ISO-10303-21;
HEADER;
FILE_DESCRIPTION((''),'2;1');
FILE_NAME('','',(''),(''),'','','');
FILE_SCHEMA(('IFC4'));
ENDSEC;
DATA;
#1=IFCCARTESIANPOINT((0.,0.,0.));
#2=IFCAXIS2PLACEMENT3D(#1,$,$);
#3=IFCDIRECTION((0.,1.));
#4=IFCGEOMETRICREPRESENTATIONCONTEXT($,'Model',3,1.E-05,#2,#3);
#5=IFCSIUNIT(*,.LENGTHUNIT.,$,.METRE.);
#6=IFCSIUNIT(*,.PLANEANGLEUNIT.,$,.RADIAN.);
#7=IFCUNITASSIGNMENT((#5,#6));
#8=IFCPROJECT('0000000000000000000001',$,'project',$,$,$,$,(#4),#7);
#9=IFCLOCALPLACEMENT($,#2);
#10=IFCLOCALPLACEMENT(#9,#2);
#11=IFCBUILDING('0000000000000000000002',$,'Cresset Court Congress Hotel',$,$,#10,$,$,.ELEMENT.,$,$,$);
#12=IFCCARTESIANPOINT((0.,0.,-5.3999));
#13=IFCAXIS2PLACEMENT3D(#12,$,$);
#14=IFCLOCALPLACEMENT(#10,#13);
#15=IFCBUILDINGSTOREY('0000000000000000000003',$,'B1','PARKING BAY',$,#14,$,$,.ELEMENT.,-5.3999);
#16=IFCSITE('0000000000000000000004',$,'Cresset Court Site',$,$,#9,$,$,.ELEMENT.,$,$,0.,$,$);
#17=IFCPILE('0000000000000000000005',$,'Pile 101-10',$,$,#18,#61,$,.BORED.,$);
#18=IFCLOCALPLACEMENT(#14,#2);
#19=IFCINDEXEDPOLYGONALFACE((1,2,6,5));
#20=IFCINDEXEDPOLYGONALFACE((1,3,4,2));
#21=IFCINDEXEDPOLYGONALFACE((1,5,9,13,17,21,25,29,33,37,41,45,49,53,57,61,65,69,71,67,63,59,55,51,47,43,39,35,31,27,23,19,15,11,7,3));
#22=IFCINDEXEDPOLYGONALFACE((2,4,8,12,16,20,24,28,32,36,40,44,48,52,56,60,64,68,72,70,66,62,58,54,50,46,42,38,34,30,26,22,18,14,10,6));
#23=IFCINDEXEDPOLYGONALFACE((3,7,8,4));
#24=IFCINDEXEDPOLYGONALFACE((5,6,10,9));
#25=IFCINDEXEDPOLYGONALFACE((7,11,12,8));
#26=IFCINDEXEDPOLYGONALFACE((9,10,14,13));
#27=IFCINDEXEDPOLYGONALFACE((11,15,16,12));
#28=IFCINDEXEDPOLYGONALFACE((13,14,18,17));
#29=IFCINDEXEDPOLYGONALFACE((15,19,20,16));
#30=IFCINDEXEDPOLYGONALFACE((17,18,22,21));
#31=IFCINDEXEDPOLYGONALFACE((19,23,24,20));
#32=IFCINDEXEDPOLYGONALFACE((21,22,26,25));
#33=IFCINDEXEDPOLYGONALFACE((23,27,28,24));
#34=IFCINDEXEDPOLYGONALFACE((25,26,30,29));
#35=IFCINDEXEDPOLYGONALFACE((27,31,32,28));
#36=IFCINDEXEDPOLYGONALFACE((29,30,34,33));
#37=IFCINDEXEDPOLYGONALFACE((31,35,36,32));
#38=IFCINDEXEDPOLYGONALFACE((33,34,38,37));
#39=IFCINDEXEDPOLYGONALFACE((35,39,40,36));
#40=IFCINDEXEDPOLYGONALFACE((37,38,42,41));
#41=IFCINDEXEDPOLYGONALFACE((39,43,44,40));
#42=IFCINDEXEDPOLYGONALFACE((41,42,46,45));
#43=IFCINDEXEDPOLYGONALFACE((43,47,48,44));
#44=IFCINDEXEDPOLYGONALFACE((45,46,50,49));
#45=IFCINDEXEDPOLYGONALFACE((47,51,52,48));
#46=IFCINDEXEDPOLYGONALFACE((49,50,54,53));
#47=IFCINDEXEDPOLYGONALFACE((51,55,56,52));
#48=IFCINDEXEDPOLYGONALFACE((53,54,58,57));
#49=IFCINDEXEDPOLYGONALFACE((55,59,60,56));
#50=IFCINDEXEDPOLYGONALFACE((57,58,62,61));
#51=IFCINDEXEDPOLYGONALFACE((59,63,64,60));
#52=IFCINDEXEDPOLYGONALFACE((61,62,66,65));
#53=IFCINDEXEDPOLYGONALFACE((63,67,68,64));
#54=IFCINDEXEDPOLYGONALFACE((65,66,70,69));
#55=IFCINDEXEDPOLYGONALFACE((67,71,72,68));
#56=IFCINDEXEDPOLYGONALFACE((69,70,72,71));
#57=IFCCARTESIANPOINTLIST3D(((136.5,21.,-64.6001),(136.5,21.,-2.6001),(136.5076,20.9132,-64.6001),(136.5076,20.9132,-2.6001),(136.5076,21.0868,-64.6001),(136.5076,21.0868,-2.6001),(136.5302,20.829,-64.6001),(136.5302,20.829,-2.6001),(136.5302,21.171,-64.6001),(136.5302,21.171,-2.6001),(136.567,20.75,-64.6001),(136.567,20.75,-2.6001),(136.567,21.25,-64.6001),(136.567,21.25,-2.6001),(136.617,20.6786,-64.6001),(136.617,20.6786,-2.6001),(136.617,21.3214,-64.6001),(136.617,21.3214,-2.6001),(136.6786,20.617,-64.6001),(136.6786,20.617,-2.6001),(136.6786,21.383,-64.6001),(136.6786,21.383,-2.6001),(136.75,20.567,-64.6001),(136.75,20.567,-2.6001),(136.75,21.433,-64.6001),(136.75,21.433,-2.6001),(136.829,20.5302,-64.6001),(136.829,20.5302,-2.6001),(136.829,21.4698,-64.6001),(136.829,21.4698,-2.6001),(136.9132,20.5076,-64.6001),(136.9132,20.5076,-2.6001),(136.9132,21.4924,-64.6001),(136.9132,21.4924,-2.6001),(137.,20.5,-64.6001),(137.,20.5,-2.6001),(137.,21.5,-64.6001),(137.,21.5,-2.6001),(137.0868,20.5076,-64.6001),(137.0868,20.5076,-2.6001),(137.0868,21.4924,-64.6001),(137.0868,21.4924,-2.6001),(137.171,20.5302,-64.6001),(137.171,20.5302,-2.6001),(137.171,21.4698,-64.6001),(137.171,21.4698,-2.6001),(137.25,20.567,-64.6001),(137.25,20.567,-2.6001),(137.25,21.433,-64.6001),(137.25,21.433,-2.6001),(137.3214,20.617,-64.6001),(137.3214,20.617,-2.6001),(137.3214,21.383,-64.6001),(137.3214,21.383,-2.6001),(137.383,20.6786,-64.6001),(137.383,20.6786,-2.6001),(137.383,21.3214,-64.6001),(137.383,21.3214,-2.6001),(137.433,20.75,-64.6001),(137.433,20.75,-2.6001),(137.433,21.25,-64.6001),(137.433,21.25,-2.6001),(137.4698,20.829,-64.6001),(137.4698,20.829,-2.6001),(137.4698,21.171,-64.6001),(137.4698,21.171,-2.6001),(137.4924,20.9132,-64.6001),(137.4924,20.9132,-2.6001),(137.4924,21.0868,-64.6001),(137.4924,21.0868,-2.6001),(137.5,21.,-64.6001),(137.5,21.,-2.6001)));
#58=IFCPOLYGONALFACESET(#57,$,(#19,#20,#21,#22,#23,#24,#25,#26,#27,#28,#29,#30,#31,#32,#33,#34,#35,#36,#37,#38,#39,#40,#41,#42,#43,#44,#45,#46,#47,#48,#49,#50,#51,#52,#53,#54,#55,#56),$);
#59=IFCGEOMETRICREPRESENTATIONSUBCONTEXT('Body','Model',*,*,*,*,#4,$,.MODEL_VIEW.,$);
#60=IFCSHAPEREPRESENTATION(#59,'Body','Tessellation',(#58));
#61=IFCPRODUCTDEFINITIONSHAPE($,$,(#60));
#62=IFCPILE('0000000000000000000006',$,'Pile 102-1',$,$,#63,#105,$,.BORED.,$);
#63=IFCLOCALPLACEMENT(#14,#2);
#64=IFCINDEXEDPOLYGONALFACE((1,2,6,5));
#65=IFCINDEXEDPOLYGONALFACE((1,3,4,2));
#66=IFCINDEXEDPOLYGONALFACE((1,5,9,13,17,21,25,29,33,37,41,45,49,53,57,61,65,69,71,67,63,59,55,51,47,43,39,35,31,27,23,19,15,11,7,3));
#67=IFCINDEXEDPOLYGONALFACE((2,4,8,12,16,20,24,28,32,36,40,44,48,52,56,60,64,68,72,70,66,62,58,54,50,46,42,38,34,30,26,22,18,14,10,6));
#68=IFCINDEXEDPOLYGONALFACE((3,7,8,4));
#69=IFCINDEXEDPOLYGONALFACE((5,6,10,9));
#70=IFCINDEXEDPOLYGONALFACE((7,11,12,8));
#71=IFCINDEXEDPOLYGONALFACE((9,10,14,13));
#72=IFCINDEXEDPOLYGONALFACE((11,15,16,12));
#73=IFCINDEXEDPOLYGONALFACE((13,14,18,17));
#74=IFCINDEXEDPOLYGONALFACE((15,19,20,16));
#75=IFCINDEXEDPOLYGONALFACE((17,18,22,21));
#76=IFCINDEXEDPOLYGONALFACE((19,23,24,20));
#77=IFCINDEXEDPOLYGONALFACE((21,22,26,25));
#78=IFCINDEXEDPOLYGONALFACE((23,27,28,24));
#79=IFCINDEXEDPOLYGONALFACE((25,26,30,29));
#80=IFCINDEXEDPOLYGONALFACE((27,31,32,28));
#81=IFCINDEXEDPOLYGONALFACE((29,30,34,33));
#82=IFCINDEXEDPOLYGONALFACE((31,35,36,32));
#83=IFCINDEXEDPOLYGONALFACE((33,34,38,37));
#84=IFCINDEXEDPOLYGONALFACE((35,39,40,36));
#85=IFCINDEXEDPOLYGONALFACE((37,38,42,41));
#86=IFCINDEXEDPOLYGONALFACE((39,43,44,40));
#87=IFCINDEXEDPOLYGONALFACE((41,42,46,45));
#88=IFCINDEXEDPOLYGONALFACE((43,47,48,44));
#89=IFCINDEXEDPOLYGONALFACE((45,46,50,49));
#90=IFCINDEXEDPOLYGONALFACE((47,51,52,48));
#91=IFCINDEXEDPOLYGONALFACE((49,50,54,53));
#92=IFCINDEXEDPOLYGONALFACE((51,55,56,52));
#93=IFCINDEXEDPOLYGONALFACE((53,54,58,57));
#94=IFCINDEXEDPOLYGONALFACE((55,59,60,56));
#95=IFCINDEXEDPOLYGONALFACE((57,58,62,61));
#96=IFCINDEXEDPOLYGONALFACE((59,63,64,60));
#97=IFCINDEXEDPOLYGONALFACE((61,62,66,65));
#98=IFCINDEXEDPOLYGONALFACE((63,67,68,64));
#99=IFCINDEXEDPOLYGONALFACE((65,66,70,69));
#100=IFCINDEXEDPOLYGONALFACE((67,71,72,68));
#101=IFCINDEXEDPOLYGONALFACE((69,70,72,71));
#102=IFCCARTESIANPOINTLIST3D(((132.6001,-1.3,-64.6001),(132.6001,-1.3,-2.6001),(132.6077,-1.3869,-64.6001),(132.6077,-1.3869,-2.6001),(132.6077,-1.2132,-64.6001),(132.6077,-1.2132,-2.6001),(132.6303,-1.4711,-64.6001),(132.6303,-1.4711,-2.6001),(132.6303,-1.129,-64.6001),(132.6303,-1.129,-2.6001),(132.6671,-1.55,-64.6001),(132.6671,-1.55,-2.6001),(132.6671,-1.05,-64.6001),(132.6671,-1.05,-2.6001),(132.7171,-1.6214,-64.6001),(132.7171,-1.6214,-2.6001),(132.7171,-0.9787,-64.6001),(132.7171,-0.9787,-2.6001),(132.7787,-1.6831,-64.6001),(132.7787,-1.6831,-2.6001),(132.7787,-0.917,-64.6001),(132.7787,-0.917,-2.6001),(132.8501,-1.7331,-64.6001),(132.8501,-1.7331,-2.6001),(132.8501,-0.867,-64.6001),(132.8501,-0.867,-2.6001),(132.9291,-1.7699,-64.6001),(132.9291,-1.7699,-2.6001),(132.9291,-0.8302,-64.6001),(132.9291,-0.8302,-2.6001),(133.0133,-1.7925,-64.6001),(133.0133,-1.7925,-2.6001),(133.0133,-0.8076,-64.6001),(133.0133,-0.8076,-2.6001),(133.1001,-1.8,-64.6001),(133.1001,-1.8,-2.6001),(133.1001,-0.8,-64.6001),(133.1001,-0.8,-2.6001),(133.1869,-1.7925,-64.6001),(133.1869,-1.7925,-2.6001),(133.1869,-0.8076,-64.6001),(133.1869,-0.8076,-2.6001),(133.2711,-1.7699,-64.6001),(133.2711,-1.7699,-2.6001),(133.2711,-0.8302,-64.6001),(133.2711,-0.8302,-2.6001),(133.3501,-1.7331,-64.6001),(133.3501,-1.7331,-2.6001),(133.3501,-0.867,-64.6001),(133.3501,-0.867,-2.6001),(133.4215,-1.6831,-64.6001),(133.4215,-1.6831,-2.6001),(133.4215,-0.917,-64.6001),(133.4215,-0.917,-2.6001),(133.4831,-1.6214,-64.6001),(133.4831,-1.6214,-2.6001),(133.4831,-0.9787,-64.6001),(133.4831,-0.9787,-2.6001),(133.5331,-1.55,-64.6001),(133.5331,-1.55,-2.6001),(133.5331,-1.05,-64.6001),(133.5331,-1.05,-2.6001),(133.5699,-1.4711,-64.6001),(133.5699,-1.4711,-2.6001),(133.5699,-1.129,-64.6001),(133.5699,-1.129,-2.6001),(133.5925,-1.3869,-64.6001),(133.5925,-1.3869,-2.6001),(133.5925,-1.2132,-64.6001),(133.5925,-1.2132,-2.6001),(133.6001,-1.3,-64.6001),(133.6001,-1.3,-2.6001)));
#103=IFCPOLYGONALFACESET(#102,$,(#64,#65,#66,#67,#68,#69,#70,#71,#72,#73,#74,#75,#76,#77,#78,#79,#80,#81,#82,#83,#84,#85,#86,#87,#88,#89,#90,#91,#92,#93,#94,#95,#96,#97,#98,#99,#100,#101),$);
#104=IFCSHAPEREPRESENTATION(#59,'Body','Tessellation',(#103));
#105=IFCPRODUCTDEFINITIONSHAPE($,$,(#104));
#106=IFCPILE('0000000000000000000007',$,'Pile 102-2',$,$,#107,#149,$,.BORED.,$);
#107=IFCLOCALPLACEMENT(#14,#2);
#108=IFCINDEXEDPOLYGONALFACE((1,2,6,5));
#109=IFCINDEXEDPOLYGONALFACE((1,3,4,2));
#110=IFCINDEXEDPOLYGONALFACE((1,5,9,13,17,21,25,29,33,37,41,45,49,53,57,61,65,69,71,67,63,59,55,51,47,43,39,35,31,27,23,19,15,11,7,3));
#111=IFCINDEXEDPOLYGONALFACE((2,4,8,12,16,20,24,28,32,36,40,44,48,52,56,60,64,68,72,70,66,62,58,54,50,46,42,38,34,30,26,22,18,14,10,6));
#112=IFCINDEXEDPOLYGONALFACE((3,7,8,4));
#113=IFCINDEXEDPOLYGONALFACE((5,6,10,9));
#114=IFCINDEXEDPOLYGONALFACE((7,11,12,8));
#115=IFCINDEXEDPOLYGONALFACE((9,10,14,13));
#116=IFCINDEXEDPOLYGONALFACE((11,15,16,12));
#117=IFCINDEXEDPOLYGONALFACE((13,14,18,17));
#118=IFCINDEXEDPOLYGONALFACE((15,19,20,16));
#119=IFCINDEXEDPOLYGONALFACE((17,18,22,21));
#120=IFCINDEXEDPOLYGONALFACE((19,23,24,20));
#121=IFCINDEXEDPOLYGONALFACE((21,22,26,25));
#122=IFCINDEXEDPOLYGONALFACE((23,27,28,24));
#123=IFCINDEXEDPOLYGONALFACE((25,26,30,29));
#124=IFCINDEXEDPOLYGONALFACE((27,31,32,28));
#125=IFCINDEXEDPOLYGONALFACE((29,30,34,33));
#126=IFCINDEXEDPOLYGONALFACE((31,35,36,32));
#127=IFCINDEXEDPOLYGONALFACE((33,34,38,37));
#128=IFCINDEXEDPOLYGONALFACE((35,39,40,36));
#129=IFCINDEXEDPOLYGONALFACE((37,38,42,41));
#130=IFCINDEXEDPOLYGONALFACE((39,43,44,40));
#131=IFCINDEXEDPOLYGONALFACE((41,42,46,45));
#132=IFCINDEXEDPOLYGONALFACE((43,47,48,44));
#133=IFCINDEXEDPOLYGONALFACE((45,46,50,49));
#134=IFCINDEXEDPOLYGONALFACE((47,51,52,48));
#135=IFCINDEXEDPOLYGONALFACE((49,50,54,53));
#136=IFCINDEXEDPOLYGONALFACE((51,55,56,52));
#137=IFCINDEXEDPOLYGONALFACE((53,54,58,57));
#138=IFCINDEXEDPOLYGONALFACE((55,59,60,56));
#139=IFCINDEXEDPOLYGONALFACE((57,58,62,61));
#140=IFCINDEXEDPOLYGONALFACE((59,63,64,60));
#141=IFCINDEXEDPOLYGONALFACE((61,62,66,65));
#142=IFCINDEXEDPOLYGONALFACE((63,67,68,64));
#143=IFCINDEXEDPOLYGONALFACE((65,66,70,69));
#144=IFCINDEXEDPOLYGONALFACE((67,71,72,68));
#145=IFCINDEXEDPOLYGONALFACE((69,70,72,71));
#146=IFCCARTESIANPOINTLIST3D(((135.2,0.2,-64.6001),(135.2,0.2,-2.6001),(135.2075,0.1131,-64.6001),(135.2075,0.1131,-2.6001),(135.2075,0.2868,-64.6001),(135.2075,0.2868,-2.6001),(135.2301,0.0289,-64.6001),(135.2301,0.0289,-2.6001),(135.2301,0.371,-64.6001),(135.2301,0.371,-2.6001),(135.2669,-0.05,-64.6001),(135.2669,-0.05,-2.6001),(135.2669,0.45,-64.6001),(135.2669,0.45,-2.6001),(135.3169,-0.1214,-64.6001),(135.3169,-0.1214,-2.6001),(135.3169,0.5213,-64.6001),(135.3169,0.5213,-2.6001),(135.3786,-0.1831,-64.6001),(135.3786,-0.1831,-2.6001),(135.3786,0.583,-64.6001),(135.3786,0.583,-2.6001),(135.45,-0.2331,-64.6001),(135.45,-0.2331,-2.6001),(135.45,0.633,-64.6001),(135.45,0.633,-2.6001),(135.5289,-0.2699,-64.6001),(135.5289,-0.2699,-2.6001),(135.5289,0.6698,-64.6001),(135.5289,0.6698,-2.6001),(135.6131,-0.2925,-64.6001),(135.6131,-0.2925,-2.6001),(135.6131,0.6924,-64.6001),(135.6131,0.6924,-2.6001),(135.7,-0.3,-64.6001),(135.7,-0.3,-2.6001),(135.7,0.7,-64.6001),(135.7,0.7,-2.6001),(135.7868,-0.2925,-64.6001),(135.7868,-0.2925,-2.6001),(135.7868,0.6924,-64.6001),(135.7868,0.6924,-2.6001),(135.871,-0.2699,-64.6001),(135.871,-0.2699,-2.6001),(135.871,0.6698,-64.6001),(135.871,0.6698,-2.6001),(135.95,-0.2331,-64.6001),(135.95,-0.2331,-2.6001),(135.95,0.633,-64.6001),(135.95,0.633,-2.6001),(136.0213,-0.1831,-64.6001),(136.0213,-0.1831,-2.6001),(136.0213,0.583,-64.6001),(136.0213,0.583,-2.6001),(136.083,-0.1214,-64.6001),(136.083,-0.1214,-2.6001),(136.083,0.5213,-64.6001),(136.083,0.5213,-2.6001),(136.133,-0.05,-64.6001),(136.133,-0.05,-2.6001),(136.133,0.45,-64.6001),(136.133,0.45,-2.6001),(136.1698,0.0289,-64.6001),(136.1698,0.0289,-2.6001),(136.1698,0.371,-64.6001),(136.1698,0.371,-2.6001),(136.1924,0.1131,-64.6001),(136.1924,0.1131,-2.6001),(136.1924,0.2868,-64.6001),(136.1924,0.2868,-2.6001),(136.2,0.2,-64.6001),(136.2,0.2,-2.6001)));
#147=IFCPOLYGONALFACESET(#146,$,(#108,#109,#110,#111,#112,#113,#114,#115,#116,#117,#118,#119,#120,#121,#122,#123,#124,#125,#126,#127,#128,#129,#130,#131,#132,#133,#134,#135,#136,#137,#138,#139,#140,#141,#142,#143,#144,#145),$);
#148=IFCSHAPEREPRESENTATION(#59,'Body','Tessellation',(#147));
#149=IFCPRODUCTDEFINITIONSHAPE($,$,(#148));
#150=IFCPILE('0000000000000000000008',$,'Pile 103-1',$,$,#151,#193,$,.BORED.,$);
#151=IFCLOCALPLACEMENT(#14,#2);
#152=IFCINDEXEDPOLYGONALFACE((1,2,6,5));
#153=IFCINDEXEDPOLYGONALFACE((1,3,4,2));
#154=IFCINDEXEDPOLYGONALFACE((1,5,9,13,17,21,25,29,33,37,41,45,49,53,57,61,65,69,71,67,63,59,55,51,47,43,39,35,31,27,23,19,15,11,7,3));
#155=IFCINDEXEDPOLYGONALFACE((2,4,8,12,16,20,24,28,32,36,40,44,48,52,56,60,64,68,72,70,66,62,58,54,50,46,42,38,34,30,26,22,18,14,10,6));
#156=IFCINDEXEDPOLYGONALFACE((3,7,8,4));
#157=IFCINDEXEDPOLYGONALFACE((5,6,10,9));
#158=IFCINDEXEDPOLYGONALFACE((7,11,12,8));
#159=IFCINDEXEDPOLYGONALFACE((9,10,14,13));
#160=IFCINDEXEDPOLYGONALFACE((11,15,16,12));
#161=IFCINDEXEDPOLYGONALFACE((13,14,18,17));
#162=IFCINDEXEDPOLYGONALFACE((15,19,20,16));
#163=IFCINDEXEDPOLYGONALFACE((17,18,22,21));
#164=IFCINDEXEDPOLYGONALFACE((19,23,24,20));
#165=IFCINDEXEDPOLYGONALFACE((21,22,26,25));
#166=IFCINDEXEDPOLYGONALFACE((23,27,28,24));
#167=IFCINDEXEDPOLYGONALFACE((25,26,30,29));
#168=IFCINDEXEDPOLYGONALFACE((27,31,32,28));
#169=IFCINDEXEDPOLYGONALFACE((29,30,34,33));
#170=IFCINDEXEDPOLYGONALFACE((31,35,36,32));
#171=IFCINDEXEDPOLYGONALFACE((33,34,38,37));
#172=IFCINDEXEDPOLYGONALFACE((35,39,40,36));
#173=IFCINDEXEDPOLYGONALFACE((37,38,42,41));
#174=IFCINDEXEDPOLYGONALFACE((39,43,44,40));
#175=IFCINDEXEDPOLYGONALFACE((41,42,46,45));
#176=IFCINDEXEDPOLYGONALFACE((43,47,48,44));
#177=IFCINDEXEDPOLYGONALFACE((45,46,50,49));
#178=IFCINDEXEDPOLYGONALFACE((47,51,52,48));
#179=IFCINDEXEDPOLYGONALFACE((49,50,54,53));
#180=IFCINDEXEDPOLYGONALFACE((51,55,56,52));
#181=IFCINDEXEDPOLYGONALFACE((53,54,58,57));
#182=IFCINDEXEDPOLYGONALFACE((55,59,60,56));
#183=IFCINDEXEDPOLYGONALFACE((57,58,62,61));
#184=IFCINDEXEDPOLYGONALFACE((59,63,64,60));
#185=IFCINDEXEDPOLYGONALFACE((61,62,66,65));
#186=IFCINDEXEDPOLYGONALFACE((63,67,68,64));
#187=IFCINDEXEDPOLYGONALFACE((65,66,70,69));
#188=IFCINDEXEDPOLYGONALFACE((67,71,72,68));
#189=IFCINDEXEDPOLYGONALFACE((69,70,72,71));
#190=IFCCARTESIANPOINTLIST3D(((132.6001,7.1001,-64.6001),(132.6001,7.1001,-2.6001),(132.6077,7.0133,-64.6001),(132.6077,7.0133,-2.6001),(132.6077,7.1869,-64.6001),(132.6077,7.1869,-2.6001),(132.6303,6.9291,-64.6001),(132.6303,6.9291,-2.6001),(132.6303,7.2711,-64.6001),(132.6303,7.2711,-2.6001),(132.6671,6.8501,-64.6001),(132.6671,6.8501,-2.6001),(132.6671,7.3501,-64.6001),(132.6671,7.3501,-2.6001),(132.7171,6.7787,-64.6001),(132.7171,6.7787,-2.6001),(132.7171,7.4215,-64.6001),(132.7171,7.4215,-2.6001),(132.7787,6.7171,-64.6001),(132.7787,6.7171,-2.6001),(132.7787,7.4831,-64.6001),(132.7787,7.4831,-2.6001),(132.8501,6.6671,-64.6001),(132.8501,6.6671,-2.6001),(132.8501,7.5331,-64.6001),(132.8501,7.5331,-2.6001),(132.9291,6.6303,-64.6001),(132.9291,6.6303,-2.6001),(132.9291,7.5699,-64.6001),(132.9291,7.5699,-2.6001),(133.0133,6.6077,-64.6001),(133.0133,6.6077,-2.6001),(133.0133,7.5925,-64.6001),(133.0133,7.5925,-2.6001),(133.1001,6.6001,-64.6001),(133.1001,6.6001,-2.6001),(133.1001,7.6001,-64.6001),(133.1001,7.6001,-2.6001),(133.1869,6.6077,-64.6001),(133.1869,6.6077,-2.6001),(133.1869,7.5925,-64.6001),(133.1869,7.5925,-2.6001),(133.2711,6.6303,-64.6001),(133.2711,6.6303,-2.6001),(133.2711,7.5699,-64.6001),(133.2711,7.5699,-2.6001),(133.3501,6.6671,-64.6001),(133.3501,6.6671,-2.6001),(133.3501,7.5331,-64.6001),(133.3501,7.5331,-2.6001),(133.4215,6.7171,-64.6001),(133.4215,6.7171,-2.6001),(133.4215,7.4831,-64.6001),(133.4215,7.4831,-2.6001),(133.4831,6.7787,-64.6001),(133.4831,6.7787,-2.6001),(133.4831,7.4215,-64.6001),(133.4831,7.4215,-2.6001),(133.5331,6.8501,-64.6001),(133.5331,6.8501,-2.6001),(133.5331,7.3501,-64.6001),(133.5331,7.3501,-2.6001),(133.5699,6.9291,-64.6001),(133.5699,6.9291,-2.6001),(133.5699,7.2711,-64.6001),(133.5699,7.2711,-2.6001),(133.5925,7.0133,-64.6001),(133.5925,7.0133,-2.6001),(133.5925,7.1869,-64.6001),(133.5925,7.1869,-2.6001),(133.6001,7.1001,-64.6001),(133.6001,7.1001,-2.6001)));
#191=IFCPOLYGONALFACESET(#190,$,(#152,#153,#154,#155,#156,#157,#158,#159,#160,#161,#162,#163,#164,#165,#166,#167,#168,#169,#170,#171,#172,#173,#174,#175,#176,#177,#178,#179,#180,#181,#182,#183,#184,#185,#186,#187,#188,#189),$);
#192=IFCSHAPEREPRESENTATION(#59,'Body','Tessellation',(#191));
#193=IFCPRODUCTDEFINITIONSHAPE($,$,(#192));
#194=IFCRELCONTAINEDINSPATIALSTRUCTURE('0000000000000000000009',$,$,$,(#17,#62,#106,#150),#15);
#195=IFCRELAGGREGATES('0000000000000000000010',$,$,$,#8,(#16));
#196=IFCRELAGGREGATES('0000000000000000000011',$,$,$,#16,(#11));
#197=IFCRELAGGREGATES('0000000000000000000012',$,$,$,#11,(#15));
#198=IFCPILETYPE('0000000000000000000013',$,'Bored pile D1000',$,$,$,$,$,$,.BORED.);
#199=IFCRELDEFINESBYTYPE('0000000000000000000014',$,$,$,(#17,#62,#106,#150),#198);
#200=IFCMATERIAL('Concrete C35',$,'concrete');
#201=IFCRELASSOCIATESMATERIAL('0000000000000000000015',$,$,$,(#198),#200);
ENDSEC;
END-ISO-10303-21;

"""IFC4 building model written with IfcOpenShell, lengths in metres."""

from ifc_helpers import new_model, si_unit, direction, frame, origin, origin_2d, place, context, subcontext, project, spatial, circle, extrude, material, type_object, element, save


model = new_model("IFC4")

# Units and contexts
model_context = context("Model", 3, precision=1e-05, world=origin(), true_north=direction((0.0, 1.0)))
body_context = subcontext(model_context, "Body", "Model", "MODEL_VIEW")
ifc_project = project(units=[si_unit("LENGTHUNIT", "METRE"), si_unit("PLANEANGLEUNIT", "RADIAN")], contexts=[model_context])

# Site, building, storey
site_placement = place(None, origin())
site = spatial("IfcSite", under=ifc_project, at=site_placement, Name="Cresset Court Site", CompositionType="ELEMENT", RefElevation=0.0)
building_placement = place(site_placement, origin())
building = spatial("IfcBuilding", under=site, at=building_placement, Name="Cresset Court Congress Hotel", CompositionType="ELEMENT")
storey_placement = place(building_placement, frame((0.0, 0.0, -5.3999)))
storey = spatial("IfcBuildingStorey", under=building, at=storey_placement, Name="B1", Description="PARKING BAY", CompositionType="ELEMENT", Elevation=-5.3999)

# Piles
ifc_material_1 = material(Name="Concrete C35", Category="concrete")
pile_type = type_object("IfcPileType", Name="Bored pile D1000", PredefinedType="BORED", material=ifc_material_1)
for number, where, z_axis, x_axis, name in (
    (1, (137.0, 21.0, -2.6001), (0.0, 0.0, -1.0), (1.0, 0.0, 0.0), "Pile 101-10"),
    (2, (133.1001, -1.3, -2.6001), (0.0, 0.0, -1.0), (1.0, 0.0, 0.0), "Pile 102-1"),
    (3, (135.7, 0.2, -2.6001), (0.0, 0.0, -1.0), (1.0, 0.0, 0.0), "Pile 102-2"),
    (4, (133.1001, 7.1001, -2.6001), (0.0, 0.0, -1.0), (1.0, 0.0, 0.0), "Pile 103-1"),
):
    element("IfcPile", number, at=place(storey_placement, frame(where, z_axis=z_axis, x_axis=x_axis)), inside=storey, type_object=pile_type, Name=name, PredefinedType="BORED", context=body_context, shape_type="SweptSolid", body=[
        extrude(circle(Radius=0.5, at=origin_2d()), origin(), (0.0, 0.0, 1.0), 62.0),
    ])

save(model, "model.ifc")
